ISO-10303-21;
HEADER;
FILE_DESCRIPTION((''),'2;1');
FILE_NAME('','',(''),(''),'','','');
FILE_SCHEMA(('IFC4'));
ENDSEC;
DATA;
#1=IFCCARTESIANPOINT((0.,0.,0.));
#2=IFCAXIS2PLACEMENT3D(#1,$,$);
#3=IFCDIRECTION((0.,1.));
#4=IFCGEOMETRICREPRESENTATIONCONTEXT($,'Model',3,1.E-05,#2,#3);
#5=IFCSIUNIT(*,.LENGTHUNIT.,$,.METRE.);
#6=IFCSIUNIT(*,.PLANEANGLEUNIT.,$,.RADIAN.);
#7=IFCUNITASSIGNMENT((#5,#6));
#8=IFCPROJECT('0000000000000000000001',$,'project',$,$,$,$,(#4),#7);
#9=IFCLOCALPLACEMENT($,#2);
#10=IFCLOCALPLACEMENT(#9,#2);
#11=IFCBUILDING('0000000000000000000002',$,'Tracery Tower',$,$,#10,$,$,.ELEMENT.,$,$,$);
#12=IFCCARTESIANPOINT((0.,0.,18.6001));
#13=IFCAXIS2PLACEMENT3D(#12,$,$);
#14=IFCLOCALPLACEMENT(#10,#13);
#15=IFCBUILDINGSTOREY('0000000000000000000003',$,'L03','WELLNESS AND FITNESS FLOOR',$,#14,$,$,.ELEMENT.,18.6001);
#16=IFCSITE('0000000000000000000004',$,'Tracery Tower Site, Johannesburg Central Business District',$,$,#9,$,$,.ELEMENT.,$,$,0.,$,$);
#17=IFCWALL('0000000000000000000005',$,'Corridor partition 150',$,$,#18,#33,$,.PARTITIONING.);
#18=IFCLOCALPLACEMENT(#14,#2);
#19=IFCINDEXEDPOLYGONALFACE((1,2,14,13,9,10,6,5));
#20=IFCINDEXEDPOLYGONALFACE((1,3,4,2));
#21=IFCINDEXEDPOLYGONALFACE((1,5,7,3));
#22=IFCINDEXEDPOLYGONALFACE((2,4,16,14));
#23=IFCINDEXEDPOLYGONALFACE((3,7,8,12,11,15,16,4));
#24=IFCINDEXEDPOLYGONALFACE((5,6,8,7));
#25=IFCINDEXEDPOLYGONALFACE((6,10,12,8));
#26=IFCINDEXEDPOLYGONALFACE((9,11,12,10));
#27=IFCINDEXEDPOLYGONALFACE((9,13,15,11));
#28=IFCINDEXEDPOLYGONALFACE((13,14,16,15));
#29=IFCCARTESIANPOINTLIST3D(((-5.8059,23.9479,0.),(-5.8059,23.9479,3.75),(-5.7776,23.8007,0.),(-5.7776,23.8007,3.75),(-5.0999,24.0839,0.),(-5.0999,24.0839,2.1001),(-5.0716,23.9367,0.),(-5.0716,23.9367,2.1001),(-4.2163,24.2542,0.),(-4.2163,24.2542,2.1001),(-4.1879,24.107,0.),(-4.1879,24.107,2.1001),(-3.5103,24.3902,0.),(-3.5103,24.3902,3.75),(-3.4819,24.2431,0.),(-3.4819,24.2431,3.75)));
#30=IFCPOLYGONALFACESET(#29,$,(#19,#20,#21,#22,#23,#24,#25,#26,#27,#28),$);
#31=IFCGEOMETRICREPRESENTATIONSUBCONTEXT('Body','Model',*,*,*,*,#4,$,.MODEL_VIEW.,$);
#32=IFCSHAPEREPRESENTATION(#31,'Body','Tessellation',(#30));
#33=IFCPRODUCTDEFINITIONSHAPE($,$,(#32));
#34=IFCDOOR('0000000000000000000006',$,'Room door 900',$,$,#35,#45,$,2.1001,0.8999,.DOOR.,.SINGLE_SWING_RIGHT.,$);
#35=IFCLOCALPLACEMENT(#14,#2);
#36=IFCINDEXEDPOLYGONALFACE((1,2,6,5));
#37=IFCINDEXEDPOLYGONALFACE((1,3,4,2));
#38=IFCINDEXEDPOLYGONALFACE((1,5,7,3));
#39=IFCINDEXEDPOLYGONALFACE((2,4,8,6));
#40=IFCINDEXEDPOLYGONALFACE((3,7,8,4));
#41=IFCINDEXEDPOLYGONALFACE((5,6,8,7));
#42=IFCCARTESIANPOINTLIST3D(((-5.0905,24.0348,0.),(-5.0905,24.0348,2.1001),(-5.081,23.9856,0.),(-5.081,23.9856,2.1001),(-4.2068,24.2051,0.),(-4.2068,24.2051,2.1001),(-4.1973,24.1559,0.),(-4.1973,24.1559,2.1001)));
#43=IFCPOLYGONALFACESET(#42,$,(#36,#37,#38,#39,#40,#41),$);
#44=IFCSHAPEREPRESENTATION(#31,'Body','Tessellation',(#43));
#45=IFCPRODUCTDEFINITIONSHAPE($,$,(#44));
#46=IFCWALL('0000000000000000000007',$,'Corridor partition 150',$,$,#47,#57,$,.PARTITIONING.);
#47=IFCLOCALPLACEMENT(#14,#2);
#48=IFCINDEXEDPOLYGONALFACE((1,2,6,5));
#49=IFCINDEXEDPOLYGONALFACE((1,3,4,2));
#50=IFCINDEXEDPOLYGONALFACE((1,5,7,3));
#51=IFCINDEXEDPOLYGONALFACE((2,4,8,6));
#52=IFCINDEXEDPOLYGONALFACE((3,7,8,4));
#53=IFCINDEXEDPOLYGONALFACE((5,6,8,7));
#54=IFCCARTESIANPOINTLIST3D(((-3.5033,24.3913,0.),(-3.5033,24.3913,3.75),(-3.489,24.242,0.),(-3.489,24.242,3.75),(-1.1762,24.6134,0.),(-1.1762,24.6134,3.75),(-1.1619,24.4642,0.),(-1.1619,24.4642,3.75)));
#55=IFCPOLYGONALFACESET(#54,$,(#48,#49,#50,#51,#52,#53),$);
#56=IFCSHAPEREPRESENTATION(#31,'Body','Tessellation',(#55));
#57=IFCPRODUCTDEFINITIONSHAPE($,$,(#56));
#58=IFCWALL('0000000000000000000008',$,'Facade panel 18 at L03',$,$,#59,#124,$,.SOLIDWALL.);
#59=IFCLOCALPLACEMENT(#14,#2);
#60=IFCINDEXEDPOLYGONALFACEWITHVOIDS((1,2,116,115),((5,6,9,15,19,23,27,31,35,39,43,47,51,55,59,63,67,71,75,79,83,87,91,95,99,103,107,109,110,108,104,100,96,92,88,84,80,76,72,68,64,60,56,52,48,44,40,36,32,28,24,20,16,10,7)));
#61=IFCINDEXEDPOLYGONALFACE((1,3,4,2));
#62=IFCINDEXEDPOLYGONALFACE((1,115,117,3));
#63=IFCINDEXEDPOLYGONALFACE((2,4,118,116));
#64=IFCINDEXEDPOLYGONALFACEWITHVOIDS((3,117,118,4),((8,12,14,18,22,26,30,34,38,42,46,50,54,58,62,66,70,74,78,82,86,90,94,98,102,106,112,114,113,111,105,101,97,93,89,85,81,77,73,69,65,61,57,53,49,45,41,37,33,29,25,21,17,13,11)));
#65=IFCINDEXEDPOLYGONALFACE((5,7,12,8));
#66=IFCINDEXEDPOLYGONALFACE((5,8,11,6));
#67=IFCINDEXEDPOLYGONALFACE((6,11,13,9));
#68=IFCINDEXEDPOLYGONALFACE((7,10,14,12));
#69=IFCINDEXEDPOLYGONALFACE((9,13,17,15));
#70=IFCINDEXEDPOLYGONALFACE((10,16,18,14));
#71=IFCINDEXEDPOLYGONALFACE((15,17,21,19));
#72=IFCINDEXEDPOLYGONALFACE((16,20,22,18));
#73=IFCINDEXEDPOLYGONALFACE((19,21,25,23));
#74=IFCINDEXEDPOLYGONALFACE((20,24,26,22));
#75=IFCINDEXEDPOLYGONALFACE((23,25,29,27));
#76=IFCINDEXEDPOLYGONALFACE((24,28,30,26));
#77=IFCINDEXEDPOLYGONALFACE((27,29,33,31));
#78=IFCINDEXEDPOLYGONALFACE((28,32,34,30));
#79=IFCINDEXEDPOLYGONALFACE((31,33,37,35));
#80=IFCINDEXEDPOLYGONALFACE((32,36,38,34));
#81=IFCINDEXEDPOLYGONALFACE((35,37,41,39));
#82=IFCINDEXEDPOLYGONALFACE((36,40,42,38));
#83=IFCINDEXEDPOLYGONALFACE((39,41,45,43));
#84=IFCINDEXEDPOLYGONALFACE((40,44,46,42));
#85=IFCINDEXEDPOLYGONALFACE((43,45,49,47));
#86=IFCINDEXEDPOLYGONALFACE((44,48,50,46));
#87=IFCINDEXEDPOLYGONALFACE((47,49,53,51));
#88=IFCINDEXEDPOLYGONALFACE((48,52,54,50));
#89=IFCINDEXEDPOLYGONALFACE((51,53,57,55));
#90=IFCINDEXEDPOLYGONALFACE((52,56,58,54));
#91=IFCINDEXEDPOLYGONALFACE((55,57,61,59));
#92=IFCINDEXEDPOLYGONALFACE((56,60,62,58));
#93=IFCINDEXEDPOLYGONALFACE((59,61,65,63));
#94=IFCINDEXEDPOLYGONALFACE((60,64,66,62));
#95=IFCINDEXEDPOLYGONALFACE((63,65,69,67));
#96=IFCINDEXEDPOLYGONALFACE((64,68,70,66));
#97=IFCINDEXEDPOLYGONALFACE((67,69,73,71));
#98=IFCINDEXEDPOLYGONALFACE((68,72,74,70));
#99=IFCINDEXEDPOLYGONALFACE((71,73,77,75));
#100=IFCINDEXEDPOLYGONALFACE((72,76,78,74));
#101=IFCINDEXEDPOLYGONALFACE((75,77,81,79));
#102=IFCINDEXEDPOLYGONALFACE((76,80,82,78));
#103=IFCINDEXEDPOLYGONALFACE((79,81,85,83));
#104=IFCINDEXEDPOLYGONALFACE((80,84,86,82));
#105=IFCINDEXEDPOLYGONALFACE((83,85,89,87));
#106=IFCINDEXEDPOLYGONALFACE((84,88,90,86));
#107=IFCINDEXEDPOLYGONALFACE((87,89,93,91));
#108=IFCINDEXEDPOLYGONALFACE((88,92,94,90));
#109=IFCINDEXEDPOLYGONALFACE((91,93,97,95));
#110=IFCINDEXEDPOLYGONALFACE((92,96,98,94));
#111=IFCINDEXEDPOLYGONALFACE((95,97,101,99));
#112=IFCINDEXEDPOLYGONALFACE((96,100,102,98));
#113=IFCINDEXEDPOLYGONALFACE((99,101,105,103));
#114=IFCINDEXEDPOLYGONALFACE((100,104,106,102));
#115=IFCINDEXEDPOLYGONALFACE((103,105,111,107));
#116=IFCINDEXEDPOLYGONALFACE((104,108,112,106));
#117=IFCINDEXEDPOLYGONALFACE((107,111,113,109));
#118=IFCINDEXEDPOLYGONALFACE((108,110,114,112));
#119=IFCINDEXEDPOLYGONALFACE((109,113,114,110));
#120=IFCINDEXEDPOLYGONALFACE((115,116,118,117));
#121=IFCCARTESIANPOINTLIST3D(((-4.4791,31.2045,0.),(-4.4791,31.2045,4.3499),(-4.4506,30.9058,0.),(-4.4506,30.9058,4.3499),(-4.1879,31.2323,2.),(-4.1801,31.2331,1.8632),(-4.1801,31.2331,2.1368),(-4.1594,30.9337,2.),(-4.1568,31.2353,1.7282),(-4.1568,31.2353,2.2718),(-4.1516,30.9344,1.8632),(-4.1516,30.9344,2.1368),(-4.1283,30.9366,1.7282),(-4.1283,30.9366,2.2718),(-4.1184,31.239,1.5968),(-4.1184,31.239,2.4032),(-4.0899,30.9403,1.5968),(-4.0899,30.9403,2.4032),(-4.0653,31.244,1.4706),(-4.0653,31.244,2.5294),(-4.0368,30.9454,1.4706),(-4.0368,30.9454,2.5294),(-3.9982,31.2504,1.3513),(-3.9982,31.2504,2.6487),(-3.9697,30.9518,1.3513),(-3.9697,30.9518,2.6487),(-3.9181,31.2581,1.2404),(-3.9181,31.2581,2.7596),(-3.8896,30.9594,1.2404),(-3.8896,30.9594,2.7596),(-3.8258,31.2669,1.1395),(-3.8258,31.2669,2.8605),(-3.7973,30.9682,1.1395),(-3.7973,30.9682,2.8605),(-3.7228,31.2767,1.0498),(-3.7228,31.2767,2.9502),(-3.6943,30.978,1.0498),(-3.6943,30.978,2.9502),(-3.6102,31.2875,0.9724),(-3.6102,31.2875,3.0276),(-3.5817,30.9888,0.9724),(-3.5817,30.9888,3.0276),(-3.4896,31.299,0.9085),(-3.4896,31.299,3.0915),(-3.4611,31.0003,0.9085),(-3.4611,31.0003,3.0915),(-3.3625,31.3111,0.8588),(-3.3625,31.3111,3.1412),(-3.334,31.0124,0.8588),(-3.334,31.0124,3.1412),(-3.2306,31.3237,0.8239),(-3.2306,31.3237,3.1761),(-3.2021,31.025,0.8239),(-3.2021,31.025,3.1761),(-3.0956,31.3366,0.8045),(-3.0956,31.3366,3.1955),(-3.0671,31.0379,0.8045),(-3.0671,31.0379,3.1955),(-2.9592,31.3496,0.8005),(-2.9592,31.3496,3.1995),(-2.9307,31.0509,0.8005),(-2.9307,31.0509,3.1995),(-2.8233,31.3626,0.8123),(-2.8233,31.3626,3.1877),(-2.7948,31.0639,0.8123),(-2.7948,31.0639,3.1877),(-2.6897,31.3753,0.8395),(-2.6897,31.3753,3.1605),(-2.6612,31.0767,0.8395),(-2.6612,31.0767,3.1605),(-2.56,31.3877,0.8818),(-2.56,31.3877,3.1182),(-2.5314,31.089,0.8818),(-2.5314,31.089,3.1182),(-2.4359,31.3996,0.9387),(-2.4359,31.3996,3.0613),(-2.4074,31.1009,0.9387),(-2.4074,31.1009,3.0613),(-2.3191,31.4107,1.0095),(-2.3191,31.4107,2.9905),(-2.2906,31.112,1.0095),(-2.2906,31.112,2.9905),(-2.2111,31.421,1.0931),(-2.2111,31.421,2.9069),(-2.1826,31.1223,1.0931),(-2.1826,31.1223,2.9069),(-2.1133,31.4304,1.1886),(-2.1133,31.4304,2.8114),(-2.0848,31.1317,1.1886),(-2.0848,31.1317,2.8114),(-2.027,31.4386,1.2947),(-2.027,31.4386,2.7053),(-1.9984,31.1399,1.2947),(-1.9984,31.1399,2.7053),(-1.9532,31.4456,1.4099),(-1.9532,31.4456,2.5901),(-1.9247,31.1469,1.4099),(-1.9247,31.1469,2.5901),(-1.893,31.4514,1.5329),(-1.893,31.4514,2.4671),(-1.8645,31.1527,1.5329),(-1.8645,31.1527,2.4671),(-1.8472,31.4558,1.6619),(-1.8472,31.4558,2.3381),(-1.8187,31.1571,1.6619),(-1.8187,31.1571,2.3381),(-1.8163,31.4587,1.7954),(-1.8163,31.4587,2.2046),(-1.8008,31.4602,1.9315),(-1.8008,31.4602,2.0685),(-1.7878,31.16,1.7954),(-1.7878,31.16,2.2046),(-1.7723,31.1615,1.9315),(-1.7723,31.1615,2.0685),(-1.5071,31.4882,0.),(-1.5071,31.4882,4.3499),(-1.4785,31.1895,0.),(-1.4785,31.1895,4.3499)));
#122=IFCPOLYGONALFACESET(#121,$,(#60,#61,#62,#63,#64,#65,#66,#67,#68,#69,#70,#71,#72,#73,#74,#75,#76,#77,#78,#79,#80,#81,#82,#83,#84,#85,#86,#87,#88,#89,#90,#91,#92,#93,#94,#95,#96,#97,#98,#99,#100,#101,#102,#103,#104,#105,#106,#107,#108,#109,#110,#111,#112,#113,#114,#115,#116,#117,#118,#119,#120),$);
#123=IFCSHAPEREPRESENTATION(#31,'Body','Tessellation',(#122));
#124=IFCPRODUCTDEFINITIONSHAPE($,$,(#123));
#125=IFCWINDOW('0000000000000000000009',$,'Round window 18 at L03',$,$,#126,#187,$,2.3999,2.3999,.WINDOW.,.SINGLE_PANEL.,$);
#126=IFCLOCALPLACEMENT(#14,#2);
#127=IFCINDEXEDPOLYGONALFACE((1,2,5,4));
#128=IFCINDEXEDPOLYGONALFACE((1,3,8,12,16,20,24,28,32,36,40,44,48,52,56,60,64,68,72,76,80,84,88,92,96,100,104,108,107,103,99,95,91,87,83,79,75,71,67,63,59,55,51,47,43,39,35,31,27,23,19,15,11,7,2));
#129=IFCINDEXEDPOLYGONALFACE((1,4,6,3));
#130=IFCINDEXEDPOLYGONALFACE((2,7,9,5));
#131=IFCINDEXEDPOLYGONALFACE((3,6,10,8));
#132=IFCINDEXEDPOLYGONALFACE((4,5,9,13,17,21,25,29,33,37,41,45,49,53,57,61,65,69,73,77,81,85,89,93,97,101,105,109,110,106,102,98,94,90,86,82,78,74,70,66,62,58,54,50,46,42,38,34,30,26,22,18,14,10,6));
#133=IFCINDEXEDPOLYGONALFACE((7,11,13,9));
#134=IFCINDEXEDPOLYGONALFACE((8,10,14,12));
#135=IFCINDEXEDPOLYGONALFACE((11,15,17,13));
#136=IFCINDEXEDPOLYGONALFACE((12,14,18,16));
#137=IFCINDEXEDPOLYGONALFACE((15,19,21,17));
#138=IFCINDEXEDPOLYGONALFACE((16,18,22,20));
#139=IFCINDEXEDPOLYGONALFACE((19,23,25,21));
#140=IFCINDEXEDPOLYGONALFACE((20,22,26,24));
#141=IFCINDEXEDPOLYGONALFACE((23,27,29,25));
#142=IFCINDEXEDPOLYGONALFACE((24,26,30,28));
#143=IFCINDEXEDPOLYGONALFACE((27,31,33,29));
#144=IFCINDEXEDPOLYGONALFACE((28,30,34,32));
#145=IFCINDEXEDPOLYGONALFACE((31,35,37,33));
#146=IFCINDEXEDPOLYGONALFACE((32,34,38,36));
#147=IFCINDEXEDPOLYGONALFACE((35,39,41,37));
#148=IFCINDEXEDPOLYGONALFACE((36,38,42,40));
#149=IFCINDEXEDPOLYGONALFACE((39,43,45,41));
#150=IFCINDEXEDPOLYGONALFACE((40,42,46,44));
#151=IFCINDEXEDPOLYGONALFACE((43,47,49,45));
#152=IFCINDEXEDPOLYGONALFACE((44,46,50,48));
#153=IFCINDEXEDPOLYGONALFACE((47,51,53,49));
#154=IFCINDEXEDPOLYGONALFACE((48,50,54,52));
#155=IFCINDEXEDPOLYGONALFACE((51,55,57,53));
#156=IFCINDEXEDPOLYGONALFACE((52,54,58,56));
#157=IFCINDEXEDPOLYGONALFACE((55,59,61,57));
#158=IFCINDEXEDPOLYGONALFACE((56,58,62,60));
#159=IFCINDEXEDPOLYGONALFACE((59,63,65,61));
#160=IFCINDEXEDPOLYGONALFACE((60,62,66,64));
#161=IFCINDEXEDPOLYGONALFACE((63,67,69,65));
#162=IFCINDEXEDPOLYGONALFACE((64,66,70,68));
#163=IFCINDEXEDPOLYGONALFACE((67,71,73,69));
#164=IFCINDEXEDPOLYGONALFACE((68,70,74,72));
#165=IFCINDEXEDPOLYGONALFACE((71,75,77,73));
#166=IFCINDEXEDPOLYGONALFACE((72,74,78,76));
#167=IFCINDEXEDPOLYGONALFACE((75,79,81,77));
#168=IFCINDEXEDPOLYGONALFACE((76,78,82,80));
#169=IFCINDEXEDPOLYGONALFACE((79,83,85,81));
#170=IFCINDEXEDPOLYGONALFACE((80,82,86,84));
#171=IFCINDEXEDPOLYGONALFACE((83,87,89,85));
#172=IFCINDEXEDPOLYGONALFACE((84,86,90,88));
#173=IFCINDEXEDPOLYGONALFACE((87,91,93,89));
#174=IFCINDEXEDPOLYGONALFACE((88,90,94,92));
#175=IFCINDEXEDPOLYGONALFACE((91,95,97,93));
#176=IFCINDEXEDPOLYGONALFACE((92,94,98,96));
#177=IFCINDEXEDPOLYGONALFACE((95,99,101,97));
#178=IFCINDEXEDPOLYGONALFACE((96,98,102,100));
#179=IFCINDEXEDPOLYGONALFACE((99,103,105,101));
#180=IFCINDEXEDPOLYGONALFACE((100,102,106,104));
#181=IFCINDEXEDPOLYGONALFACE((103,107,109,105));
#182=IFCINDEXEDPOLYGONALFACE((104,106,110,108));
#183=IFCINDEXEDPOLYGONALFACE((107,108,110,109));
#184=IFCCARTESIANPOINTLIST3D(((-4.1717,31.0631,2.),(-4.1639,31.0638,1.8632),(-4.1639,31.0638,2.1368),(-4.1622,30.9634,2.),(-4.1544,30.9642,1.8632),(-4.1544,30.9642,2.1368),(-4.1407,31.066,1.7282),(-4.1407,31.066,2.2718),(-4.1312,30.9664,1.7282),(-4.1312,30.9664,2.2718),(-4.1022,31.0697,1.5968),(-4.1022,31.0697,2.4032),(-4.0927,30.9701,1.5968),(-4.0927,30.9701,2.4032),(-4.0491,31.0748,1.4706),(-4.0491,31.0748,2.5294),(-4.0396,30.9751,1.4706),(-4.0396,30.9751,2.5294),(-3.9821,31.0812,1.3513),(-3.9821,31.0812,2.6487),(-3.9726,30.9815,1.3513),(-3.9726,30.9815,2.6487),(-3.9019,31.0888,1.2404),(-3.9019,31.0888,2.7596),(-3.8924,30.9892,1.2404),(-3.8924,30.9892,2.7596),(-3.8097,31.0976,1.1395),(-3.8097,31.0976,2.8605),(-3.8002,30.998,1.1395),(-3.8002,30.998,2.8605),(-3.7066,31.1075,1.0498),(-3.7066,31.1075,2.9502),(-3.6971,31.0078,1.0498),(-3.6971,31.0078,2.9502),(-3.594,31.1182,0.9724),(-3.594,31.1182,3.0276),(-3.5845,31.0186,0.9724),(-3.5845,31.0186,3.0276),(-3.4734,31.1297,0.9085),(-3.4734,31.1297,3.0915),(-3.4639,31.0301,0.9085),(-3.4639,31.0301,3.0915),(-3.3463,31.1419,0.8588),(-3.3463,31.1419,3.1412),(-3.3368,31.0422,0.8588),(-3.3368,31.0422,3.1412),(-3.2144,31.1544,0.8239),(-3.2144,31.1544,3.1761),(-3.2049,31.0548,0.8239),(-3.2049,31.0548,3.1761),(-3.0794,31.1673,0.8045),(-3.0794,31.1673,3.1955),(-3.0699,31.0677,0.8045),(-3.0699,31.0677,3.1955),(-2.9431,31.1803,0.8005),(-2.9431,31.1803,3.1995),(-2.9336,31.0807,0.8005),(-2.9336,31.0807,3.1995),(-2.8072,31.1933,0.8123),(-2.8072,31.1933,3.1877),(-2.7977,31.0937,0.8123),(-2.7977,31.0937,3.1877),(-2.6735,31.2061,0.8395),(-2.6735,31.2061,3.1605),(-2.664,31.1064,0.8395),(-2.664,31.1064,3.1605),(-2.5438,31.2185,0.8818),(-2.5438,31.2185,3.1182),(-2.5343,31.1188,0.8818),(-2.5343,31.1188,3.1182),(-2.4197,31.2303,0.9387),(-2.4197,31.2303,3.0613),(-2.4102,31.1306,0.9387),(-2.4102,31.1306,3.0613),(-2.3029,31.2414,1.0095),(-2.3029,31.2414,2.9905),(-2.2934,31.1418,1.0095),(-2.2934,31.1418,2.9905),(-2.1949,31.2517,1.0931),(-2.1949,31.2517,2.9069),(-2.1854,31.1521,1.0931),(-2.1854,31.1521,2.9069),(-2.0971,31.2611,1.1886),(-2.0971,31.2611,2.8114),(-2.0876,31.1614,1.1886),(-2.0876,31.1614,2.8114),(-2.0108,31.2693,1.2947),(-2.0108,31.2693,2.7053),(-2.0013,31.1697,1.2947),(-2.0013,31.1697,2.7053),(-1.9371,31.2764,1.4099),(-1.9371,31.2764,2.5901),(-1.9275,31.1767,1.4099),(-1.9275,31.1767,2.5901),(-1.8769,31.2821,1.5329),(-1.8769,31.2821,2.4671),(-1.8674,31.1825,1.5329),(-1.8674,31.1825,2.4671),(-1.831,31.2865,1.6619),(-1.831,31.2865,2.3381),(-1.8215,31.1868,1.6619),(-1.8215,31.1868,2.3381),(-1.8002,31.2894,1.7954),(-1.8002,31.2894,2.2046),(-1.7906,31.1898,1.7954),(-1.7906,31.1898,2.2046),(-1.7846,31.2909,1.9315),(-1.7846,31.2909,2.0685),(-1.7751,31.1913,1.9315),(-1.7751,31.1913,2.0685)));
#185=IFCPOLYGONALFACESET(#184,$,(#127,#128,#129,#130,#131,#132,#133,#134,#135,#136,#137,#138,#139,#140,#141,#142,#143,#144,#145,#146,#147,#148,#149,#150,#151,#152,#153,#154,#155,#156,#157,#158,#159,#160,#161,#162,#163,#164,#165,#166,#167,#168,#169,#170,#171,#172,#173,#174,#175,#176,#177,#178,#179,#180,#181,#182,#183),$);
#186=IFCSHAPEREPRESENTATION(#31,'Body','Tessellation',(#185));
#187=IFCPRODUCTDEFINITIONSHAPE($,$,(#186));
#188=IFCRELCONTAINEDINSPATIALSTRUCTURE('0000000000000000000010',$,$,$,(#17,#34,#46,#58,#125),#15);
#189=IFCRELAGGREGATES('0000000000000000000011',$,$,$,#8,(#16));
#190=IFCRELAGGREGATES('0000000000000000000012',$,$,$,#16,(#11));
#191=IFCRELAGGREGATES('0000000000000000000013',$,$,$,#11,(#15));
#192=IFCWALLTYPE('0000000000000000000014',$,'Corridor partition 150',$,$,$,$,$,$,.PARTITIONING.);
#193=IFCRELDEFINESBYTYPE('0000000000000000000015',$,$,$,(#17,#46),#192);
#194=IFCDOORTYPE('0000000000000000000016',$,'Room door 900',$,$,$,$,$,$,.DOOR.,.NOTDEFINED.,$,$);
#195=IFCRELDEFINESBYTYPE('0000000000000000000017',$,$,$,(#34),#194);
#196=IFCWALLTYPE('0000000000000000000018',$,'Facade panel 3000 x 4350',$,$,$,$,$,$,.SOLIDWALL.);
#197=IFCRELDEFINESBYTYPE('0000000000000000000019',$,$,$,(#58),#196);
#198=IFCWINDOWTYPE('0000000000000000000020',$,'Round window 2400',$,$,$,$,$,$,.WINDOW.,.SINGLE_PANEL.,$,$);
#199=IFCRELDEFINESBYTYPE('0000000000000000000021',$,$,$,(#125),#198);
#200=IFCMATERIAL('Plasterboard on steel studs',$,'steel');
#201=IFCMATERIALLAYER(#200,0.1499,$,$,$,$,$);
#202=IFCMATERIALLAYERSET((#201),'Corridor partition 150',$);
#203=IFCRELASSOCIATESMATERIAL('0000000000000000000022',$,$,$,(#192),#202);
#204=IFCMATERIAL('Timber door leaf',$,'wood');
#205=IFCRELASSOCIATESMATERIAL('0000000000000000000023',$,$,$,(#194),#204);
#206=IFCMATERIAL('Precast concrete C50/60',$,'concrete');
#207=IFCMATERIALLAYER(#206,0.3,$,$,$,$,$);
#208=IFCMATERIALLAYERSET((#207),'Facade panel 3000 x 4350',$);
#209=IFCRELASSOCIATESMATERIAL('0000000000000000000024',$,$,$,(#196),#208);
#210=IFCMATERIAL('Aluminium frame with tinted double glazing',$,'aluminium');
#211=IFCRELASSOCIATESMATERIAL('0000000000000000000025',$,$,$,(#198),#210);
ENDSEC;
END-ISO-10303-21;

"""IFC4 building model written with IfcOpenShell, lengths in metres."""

from ifc_helpers import new_model, si_unit, direction, frame, frame_2d, origin, origin_2d, place, context, subcontext, project, spatial, rectangle, circle, extrude, material, layer, layer_set, type_object, element, fill, save


model = new_model("IFC4")

# Units and contexts
model_context = context("Model", 3, precision=1e-05, world=origin(), true_north=direction((0.0, 1.0)))
body_context = subcontext(model_context, "Body", "Model", "MODEL_VIEW")
ifc_project = project(units=[si_unit("LENGTHUNIT", "METRE"), si_unit("PLANEANGLEUNIT", "RADIAN")], contexts=[model_context])

# Site, building, storey
site_placement = place(None, origin())
site = spatial("IfcSite", under=ifc_project, at=site_placement, Name="Tracery Tower Site, Johannesburg Central Business District", CompositionType="ELEMENT", RefElevation=0.0)
building_placement = place(site_placement, origin())
building = spatial("IfcBuilding", under=site, at=building_placement, Name="Tracery Tower", CompositionType="ELEMENT")
storey_placement = place(building_placement, frame((0.0, 0.0, 18.6001)))
storey = spatial("IfcBuildingStorey", under=building, at=storey_placement, Name="L03", Description="WELLNESS AND FITNESS FLOOR", CompositionType="ELEMENT", Elevation=18.6001)

# Shared definitions
ifc_material_1 = material(Name="Plasterboard on steel studs", Category="steel")
ifc_layer_1 = layer(ifc_material_1, 0.1499)
ifc_layer_set_1 = layer_set([ifc_layer_1], Name="Corridor partition 150")
wall_type_1 = type_object("IfcWallType", Name="Corridor partition 150", PredefinedType="PARTITIONING", material=ifc_layer_set_1)

# Wall, opening, door
wall_1_placement = place(storey_placement, frame((-5.7917, 23.8743, 0.0), z_axis=(0.0, 0.0, 1.0), x_axis=(0.981934, 0.189223, 0.0)))
wall_1 = element("IfcWall", 1, at=wall_1_placement, inside=storey, type_object=wall_type_1, Name="Corridor partition 150", PredefinedType="PARTITIONING", context=body_context, shape_type="SweptSolid", body=[
    extrude(rectangle(XDim=2.3379, YDim=0.1499, at=frame_2d((1.1689, 0.0))), origin(), (0.0, 0.0, 1.0), 3.75),
])
opening_1_placement = place(wall_1_placement, frame((0.719, 0.0, 0.0)))
opening_1 = element("IfcOpeningElement", 2, at=opening_1_placement, cuts=wall_1, PredefinedType="OPENING", context=body_context, shape_type="SweptSolid", body=[
    extrude(rectangle(XDim=0.8999, YDim=2.1001, at=frame_2d((0.45, 1.05))), frame((0.0, 0.075, 0.0), z_axis=(0.0, -1.0, 0.0), x_axis=(1.0, 0.0, 0.0)), (0.0, 0.0, 1.0), 0.1499),
])
ifc_material_2 = material(Name="Timber door leaf", Category="wood")
door_type_1 = type_object("IfcDoorType", Name="Room door 900", OperationType="NOTDEFINED", PredefinedType="DOOR", material=ifc_material_2)
door_1_placement = place(opening_1_placement, origin())
door_1 = element("IfcDoor", 3, at=door_1_placement, inside=storey, type_object=door_type_1, Name="Room door 900", OperationType="SINGLE_SWING_RIGHT", OverallHeight=2.1001, OverallWidth=0.8999, PredefinedType="DOOR", context=body_context, shape_type="SweptSolid", body=[
    extrude(rectangle(XDim=0.8999, YDim=2.1001, at=frame_2d((0.45, 1.05))), frame((0.0, 0.0249, 0.0), z_axis=(0.0, -1.0, 0.0), x_axis=(1.0, 0.0, 0.0)), (0.0, 0.0, 1.0), 0.05),
])
fill(opening_1, door_1)

# Wall
wall_2_placement = place(storey_placement, frame((-1.1689, 24.5388, 0.0), z_axis=(0.0, 0.0, 1.0), x_axis=(-0.995474, -0.095036, 0.0)))
element("IfcWall", 4, at=wall_2_placement, inside=storey, type_object=wall_type_1, Name="Corridor partition 150", PredefinedType="PARTITIONING", context=body_context, shape_type="SweptSolid", body=[
    extrude(rectangle(XDim=2.3376, YDim=0.1499, at=frame_2d((1.1689, 0.0))), origin(), (0.0, 0.0, 1.0), 3.75),
])

# Wall, opening, window
ifc_material_3 = material(Name="Precast concrete C50/60", Category="concrete")
ifc_layer_2 = layer(ifc_material_3, 0.3)
ifc_layer_set_2 = layer_set([ifc_layer_2], Name="Facade panel 3000 x 4350")
wall_type_2 = type_object("IfcWallType", Name="Facade panel 3000 x 4350", PredefinedType="SOLIDWALL", material=ifc_layer_set_2)
wall_3_placement = place(storey_placement, frame((-1.4929, 31.3389, 0.0), z_axis=(0.0, 0.0, 1.0), x_axis=(-0.995476, -0.095017, 0.0)))
wall_3 = element("IfcWall", 5, at=wall_3_placement, inside=storey, type_object=wall_type_2, Name="Facade panel 18 at L03", PredefinedType="SOLIDWALL", context=body_context, shape_type="SweptSolid", body=[
    extrude(rectangle(XDim=2.9856, YDim=0.3, at=frame_2d((1.4927, 0.0))), origin(), (0.0, 0.0, 1.0), 4.3499),
])
opening_2_placement = place(wall_3_placement, frame((1.4929, 0.0, 2.0)))
opening_2 = element("IfcOpeningElement", 6, at=opening_2_placement, cuts=wall_3, PredefinedType="OPENING", context=body_context, shape_type="SweptSolid", body=[
    extrude(circle(Radius=1.2, at=origin_2d()), frame((0.0, 0.1599, 0.0), z_axis=(0.0, -1.0, 0.0), x_axis=(1.0, 0.0, 0.0)), (0.0, 0.0, 1.0), 0.3201),
])
ifc_material_4 = material(Name="Aluminium frame with tinted double glazing", Category="aluminium")
window_type = type_object("IfcWindowType", Name="Round window 2400", PartitioningType="SINGLE_PANEL", PredefinedType="WINDOW", material=ifc_material_4)
window_1_placement = place(opening_2_placement, origin())
window_1 = element("IfcWindow", 7, at=window_1_placement, inside=storey, type_object=window_type, Name="Round window 18 at L03", OverallHeight=2.3999, OverallWidth=2.3999, PartitioningType="SINGLE_PANEL", PredefinedType="WINDOW", context=body_context, shape_type="SweptSolid", body=[
    extrude(circle(Radius=1.2, at=origin_2d()), frame((0.0, 0.1201, 0.0), z_axis=(0.0, -1.0, 0.0), x_axis=(1.0, 0.0, 0.0)), (0.0, 0.0, 1.0), 0.1001),
])
fill(opening_2, window_1)

save(model, "model.ifc")
